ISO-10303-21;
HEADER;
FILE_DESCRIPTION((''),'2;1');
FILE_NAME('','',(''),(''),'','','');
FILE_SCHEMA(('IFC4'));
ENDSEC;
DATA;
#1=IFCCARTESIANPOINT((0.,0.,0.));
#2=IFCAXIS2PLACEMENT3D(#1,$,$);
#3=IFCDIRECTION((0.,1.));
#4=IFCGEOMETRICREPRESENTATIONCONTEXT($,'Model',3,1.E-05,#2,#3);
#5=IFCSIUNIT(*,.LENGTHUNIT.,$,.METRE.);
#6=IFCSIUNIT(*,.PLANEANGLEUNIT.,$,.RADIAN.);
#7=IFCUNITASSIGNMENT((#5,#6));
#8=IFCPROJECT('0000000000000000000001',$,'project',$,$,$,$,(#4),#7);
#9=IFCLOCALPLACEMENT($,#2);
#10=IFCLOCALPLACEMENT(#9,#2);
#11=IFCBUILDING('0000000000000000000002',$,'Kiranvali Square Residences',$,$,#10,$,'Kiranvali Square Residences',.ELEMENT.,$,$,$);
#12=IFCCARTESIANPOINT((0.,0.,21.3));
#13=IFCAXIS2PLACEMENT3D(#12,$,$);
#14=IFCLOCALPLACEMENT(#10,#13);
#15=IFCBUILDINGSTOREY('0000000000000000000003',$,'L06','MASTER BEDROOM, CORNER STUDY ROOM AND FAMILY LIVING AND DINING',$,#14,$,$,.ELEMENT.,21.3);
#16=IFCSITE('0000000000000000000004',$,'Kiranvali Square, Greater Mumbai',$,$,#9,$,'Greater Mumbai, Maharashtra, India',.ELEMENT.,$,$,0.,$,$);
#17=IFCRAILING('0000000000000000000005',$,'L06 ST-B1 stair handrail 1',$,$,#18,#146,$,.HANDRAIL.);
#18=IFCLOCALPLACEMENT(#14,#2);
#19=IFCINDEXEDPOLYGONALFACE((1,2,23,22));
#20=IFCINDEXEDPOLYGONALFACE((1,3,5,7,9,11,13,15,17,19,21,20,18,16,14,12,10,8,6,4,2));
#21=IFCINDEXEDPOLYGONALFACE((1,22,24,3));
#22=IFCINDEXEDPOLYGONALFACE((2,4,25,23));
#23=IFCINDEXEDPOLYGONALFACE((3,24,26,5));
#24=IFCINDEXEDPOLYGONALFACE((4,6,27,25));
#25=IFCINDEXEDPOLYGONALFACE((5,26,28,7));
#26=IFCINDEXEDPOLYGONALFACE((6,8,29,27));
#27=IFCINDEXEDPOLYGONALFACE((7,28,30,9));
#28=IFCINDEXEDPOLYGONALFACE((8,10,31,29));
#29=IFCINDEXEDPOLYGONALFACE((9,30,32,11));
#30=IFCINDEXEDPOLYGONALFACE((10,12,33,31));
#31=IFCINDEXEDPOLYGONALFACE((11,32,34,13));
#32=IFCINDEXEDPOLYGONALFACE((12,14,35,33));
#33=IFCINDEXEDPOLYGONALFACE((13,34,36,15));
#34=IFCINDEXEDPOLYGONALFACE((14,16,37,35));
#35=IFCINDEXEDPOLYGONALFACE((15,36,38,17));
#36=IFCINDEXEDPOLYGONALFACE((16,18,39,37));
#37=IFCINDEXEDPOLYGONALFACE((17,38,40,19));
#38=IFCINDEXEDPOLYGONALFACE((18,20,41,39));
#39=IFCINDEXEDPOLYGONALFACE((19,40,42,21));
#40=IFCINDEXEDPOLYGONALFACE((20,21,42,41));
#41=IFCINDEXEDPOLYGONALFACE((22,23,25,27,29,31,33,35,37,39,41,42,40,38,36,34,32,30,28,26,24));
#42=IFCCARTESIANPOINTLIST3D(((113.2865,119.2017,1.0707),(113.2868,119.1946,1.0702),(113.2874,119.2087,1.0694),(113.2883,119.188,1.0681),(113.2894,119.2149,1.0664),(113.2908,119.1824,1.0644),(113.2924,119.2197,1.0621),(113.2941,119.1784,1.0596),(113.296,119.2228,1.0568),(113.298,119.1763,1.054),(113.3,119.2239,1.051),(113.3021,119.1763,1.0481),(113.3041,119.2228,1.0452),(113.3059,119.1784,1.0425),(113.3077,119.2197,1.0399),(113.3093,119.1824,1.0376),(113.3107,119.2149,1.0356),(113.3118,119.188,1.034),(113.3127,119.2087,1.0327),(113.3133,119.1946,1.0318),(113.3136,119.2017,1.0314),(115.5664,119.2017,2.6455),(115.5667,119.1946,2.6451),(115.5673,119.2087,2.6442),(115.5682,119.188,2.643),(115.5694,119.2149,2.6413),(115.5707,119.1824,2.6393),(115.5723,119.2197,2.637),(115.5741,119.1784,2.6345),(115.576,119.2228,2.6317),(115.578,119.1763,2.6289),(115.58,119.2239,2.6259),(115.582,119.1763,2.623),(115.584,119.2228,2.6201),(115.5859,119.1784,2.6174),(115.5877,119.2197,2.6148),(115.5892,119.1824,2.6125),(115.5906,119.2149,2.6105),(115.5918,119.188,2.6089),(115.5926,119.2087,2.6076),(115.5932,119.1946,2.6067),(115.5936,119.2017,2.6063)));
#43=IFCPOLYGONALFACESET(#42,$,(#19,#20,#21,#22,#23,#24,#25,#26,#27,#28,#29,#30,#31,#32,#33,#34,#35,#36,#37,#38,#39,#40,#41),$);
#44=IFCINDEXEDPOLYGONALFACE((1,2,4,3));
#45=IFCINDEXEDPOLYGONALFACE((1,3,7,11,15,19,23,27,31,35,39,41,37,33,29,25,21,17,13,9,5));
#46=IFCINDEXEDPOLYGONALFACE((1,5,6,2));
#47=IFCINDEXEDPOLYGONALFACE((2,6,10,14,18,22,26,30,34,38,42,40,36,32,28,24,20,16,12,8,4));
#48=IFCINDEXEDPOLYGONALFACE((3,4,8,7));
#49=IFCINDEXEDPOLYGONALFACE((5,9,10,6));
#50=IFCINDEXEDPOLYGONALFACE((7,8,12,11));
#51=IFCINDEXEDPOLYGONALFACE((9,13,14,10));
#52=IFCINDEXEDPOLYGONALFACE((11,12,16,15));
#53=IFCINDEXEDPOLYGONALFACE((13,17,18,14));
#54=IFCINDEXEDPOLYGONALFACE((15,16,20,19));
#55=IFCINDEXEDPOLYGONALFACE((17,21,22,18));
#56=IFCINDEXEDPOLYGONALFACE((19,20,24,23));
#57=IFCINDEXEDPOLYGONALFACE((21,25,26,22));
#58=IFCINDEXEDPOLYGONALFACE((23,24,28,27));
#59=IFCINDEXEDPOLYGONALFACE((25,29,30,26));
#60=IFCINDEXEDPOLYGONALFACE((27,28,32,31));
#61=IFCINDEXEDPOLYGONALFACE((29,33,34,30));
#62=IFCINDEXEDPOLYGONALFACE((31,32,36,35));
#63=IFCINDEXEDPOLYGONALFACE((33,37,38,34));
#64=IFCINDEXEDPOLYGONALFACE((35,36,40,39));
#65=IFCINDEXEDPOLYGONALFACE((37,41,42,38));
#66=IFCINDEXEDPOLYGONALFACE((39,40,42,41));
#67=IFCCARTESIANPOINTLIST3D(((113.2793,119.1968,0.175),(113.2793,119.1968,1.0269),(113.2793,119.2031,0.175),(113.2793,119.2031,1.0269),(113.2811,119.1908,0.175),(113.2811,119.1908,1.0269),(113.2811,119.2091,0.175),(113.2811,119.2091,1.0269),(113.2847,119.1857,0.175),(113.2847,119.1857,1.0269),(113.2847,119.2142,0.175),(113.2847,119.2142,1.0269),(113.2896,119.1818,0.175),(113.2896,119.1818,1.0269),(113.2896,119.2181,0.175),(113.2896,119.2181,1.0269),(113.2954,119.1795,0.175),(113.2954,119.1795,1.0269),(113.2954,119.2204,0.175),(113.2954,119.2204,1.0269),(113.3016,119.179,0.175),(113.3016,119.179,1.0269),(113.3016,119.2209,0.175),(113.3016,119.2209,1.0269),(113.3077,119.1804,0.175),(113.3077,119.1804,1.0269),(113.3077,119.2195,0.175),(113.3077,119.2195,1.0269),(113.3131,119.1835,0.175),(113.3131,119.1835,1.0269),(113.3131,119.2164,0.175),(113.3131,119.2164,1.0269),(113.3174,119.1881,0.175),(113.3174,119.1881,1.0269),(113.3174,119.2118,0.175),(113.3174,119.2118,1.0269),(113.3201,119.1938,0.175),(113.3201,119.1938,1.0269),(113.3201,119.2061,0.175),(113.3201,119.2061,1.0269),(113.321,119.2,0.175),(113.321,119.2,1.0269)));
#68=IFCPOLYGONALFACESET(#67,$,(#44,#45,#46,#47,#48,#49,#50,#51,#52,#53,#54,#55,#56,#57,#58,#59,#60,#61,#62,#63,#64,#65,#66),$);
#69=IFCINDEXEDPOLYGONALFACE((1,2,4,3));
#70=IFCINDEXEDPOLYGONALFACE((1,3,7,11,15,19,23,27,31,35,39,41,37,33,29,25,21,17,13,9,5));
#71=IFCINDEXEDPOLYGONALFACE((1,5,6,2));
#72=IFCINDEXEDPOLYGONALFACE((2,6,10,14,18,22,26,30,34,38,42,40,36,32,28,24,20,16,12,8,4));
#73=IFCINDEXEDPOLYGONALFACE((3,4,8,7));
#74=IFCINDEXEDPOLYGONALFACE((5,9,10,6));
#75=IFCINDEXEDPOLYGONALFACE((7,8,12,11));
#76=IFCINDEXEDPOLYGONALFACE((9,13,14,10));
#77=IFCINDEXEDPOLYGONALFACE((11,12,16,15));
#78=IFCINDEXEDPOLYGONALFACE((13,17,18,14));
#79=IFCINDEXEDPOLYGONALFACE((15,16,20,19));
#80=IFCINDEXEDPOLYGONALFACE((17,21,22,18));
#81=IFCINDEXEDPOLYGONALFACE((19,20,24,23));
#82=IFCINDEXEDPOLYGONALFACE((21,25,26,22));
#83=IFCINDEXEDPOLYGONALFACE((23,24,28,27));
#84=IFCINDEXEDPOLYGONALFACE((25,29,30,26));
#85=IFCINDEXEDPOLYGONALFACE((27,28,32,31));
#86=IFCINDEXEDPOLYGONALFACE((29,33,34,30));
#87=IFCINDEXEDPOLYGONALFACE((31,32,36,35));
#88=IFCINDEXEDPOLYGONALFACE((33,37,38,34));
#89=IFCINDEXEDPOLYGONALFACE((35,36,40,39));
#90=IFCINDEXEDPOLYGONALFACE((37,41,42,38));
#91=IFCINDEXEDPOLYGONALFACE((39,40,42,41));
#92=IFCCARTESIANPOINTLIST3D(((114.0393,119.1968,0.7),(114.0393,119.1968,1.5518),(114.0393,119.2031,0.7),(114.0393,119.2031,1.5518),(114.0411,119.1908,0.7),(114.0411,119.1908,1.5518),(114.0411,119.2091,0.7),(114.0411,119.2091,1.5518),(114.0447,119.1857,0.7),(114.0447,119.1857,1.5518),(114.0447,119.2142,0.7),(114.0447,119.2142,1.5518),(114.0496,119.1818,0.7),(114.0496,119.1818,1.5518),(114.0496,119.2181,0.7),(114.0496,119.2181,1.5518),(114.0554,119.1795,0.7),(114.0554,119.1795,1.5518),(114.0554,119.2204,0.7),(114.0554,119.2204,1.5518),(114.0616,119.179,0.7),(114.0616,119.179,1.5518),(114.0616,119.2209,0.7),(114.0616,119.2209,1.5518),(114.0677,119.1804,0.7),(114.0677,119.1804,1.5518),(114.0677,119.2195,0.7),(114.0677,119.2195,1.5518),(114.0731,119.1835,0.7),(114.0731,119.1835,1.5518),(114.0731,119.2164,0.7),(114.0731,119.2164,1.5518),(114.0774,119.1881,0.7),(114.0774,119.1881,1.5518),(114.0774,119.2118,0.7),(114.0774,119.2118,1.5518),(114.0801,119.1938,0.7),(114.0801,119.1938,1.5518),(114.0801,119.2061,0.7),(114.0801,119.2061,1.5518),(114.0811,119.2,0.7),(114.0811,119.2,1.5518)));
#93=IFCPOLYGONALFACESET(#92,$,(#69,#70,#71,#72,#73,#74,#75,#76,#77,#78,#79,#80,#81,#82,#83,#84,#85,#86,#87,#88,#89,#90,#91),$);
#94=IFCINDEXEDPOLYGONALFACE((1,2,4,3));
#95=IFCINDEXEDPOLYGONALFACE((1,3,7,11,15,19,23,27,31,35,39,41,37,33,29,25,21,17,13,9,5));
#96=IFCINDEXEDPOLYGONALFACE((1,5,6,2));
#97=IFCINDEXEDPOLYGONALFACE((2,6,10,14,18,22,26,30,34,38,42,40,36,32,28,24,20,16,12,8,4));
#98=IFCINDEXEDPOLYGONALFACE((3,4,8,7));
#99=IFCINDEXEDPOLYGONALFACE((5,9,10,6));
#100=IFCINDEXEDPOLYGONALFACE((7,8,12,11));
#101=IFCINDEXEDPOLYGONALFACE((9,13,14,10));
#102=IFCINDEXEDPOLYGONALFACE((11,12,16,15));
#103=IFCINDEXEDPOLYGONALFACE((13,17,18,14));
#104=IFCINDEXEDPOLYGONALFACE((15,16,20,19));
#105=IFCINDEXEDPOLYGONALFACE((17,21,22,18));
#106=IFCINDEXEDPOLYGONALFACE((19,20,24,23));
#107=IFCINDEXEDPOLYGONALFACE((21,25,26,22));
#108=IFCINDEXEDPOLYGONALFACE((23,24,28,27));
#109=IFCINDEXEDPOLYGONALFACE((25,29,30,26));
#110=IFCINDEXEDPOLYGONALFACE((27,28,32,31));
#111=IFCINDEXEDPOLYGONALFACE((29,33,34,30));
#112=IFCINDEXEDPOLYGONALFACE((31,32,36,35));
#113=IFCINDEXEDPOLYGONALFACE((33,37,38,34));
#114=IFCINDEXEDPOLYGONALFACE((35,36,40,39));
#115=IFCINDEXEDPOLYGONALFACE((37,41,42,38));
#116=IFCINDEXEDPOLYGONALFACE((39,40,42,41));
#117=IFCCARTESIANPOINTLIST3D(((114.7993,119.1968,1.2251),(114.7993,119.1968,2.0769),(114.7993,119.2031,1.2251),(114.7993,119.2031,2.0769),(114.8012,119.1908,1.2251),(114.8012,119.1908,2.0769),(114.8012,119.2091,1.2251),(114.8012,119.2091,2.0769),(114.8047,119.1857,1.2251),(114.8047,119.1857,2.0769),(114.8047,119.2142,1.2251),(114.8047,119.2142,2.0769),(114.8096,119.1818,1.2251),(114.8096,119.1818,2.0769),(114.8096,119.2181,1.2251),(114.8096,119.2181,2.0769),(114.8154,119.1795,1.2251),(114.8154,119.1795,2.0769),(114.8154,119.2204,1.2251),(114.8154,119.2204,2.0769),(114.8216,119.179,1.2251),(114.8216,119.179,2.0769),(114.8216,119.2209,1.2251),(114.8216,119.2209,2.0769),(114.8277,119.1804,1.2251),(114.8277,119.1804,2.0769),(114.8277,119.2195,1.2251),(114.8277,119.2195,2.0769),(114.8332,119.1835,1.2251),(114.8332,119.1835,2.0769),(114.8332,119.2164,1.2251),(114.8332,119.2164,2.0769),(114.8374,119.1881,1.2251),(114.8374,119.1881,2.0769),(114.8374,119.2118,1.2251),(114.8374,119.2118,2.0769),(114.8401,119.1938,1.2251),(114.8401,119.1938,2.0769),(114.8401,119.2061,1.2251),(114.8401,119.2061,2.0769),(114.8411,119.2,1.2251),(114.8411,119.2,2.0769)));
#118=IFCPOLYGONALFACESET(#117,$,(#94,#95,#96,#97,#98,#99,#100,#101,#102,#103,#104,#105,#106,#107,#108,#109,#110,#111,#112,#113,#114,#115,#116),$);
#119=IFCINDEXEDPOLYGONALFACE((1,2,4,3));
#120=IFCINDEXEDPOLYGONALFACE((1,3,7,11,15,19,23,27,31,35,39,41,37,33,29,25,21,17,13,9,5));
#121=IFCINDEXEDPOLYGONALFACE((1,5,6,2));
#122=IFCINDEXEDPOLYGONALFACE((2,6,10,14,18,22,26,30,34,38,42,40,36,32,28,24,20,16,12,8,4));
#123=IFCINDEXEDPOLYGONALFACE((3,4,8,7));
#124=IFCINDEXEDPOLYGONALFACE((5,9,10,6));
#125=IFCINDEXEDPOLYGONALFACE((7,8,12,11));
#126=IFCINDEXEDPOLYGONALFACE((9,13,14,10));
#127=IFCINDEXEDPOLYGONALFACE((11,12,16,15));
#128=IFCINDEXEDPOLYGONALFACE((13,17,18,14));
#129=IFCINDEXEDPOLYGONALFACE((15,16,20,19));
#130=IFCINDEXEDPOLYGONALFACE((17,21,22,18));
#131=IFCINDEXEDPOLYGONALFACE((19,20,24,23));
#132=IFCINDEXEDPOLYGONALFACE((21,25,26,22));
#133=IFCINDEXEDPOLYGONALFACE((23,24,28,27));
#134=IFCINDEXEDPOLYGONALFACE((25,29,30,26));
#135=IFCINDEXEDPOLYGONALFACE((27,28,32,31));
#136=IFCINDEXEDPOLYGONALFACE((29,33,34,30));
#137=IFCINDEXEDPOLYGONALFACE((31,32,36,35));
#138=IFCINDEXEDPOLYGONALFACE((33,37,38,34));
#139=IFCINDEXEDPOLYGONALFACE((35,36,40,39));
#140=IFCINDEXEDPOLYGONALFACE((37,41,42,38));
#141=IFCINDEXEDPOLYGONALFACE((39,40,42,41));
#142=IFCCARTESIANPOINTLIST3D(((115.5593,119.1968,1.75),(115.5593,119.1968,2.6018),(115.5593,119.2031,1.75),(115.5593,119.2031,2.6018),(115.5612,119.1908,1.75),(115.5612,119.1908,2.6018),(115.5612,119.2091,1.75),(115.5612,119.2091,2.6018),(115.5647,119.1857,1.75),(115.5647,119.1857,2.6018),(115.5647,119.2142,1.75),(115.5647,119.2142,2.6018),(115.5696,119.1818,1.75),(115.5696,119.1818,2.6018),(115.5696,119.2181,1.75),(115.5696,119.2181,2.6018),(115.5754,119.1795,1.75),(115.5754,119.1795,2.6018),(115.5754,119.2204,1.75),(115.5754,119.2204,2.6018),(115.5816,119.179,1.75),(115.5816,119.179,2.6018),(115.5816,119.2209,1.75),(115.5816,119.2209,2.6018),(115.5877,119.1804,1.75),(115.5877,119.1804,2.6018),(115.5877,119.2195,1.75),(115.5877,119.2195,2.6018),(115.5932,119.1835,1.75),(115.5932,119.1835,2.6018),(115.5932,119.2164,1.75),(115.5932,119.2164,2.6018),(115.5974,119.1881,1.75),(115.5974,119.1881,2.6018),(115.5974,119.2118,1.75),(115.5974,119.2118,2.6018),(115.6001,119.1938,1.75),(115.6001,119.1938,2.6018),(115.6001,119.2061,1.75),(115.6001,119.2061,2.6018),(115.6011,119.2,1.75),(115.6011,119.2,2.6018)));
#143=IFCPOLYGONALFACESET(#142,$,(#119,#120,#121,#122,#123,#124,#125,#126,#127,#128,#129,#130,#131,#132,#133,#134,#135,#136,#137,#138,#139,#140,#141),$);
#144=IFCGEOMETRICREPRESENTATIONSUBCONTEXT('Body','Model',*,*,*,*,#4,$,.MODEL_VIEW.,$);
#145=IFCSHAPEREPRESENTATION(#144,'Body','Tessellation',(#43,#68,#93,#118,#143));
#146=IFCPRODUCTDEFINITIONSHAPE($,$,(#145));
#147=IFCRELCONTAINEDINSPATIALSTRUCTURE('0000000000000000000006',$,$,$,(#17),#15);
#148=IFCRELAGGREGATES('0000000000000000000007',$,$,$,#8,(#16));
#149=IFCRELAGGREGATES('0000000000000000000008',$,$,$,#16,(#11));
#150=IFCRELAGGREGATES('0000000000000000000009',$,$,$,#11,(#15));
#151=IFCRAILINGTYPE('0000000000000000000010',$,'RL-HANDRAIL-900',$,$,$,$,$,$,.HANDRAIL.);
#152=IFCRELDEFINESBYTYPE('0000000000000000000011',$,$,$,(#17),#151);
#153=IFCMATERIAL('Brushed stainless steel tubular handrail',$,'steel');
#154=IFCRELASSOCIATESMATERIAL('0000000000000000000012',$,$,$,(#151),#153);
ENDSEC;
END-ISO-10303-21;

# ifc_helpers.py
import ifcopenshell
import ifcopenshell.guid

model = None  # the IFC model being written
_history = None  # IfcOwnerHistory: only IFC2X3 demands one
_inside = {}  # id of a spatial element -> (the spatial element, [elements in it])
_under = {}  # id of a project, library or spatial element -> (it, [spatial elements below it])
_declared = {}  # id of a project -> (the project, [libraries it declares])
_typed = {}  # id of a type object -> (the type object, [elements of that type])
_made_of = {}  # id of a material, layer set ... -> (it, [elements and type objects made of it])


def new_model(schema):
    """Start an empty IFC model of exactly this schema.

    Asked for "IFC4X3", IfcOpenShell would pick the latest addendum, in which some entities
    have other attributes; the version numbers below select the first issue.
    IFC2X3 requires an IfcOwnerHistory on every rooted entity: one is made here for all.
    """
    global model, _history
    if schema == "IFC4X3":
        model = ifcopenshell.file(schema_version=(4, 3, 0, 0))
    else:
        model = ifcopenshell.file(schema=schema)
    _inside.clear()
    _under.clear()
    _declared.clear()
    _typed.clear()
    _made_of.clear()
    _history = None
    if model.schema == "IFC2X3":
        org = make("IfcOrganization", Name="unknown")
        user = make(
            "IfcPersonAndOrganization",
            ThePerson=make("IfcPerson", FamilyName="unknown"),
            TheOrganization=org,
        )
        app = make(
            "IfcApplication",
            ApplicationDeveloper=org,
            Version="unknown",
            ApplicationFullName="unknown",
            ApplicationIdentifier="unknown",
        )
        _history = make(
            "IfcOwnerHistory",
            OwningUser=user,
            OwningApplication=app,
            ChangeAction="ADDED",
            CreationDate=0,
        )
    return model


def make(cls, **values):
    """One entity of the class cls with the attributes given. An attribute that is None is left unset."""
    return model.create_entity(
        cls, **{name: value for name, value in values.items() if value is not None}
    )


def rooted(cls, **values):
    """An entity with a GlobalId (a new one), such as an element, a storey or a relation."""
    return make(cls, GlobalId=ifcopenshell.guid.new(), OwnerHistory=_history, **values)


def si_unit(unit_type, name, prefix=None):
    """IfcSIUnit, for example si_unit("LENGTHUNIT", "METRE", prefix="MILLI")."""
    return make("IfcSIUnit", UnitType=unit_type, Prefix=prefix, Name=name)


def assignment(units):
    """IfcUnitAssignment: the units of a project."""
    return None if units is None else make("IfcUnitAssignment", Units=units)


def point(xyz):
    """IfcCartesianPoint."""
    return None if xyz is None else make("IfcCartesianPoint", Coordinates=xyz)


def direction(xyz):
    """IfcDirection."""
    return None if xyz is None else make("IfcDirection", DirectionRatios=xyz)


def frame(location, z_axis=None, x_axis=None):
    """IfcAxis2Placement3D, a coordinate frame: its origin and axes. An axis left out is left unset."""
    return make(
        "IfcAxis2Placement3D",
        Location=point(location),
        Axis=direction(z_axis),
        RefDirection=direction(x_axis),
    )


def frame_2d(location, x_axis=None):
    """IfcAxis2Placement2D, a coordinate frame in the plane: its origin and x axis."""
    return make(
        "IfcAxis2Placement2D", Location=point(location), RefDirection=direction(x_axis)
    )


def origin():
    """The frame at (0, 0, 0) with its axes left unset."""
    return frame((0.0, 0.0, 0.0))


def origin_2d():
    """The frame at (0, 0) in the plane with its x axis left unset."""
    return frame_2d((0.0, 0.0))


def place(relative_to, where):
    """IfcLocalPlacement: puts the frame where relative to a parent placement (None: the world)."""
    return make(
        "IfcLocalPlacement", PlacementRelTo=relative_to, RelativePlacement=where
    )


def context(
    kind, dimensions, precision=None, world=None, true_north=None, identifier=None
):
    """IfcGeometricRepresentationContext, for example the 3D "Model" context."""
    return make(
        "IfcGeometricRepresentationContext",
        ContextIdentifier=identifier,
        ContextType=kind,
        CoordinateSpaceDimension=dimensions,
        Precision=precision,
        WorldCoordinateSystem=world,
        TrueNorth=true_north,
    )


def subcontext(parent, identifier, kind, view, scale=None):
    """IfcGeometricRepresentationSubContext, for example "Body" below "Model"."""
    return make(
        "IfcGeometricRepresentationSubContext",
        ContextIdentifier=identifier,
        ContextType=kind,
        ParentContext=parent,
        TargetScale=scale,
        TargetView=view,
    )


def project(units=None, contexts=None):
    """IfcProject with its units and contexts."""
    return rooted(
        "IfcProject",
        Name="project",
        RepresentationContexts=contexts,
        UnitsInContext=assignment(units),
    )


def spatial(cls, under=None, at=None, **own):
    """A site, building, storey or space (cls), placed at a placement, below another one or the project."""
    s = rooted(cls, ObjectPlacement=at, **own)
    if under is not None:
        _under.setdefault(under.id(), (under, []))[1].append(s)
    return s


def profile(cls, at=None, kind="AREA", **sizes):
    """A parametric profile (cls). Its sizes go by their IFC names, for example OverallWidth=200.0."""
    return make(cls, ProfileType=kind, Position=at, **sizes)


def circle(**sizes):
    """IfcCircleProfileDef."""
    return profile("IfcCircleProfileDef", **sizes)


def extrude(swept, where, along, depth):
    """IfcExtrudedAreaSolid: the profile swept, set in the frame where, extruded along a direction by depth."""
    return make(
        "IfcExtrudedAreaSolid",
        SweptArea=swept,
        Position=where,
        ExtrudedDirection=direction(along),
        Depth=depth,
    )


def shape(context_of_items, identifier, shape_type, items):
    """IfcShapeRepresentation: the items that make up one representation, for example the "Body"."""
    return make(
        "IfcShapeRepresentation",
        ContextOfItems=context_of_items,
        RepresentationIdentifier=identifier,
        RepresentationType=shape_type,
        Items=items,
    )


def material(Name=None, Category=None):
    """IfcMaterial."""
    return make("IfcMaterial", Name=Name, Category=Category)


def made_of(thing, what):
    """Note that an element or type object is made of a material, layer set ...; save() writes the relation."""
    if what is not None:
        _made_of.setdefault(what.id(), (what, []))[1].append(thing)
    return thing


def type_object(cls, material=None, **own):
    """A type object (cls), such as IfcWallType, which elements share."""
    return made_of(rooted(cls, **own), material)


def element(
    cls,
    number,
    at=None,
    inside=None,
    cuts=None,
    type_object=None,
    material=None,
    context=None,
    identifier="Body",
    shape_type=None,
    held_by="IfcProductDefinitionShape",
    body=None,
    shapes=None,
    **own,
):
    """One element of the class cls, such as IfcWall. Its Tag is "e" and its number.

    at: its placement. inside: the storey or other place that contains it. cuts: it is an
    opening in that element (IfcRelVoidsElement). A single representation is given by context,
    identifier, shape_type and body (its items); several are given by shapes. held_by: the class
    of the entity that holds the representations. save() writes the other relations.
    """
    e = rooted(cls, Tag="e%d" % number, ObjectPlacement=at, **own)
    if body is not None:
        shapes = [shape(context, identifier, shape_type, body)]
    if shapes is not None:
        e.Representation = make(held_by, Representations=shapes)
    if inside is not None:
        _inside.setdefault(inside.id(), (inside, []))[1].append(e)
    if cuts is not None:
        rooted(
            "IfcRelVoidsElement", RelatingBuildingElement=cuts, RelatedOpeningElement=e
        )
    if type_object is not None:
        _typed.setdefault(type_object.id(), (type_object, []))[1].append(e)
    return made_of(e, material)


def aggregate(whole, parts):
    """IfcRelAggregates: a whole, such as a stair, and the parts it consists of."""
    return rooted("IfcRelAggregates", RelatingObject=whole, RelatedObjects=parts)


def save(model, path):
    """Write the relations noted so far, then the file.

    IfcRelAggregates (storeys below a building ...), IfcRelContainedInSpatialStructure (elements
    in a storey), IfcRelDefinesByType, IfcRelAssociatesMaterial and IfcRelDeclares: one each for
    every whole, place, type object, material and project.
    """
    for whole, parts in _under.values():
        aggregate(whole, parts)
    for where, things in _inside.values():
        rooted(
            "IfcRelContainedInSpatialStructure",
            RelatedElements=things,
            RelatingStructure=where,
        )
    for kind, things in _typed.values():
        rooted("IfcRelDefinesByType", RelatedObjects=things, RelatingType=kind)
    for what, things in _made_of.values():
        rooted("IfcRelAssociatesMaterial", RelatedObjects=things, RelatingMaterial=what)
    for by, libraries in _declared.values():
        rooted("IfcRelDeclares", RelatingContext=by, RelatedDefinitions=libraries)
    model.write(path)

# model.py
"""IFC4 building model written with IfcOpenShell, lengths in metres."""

from ifc_helpers import new_model, si_unit, direction, frame, origin, origin_2d, place, context, subcontext, project, spatial, circle, extrude, material, type_object, element, save


model = new_model("IFC4")

# Units and contexts
model_context = context("Model", 3, precision=1e-05, world=origin(), true_north=direction((0.0, 1.0)))
body_context = subcontext(model_context, "Body", "Model", "MODEL_VIEW")
ifc_project = project(units=[si_unit("LENGTHUNIT", "METRE"), si_unit("PLANEANGLEUNIT", "RADIAN")], contexts=[model_context])

# Site, building, storey
site_placement = place(None, origin())
site = spatial("IfcSite", under=ifc_project, at=site_placement, Name="Kiranvali Square, Greater Mumbai", LongName="Greater Mumbai, Maharashtra, India", CompositionType="ELEMENT", RefElevation=0.0)
building_placement = place(site_placement, origin())
building = spatial("IfcBuilding", under=site, at=building_placement, Name="Kiranvali Square Residences", LongName="Kiranvali Square Residences", CompositionType="ELEMENT")
storey_placement = place(building_placement, frame((0.0, 0.0, 21.3)))
storey = spatial("IfcBuildingStorey", under=building, at=storey_placement, Name="L06", Description="MASTER BEDROOM, CORNER STUDY ROOM AND FAMILY LIVING AND DINING", CompositionType="ELEMENT", Elevation=21.3)

# Railing
ifc_material_1 = material(Name="Brushed stainless steel tubular handrail", Category="steel")
railing_type_1 = type_object("IfcRailingType", Name="RL-HANDRAIL-900", PredefinedType="HANDRAIL", material=ifc_material_1)
railing_1_placement = place(storey_placement, frame((113.3, 119.2, 0.175)))
element("IfcRailing", 1, at=railing_1_placement, inside=storey, type_object=railing_type_1, Name="L06 ST-B1 stair handrail 1", PredefinedType="HANDRAIL", context=body_context, shape_type="SweptSolid", body=[
    extrude(circle(Radius=0.0239, at=origin_2d()), frame((0.0, 0.0, 0.876), z_axis=(0.822788, 0.0, 0.568348), x_axis=(0.0, 1.0, 0.0)), (0.0, 0.0, 1.0), 2.771),
    extrude(circle(Radius=0.021, at=origin_2d()), origin(), (0.0, 0.0, 1.0), 0.8518),
    extrude(circle(Radius=0.021, at=origin_2d()), frame((0.76, 0.0, 0.5249)), (0.0, 0.0, 1.0), 0.8518),
    extrude(circle(Radius=0.021, at=origin_2d()), frame((1.52, 0.0, 1.05)), (0.0, 0.0, 1.0), 0.8518),
    extrude(circle(Radius=0.021, at=origin_2d()), frame((2.28, 0.0, 1.575)), (0.0, 0.0, 1.0), 0.8518),
])

save(model, "model.ifc")
